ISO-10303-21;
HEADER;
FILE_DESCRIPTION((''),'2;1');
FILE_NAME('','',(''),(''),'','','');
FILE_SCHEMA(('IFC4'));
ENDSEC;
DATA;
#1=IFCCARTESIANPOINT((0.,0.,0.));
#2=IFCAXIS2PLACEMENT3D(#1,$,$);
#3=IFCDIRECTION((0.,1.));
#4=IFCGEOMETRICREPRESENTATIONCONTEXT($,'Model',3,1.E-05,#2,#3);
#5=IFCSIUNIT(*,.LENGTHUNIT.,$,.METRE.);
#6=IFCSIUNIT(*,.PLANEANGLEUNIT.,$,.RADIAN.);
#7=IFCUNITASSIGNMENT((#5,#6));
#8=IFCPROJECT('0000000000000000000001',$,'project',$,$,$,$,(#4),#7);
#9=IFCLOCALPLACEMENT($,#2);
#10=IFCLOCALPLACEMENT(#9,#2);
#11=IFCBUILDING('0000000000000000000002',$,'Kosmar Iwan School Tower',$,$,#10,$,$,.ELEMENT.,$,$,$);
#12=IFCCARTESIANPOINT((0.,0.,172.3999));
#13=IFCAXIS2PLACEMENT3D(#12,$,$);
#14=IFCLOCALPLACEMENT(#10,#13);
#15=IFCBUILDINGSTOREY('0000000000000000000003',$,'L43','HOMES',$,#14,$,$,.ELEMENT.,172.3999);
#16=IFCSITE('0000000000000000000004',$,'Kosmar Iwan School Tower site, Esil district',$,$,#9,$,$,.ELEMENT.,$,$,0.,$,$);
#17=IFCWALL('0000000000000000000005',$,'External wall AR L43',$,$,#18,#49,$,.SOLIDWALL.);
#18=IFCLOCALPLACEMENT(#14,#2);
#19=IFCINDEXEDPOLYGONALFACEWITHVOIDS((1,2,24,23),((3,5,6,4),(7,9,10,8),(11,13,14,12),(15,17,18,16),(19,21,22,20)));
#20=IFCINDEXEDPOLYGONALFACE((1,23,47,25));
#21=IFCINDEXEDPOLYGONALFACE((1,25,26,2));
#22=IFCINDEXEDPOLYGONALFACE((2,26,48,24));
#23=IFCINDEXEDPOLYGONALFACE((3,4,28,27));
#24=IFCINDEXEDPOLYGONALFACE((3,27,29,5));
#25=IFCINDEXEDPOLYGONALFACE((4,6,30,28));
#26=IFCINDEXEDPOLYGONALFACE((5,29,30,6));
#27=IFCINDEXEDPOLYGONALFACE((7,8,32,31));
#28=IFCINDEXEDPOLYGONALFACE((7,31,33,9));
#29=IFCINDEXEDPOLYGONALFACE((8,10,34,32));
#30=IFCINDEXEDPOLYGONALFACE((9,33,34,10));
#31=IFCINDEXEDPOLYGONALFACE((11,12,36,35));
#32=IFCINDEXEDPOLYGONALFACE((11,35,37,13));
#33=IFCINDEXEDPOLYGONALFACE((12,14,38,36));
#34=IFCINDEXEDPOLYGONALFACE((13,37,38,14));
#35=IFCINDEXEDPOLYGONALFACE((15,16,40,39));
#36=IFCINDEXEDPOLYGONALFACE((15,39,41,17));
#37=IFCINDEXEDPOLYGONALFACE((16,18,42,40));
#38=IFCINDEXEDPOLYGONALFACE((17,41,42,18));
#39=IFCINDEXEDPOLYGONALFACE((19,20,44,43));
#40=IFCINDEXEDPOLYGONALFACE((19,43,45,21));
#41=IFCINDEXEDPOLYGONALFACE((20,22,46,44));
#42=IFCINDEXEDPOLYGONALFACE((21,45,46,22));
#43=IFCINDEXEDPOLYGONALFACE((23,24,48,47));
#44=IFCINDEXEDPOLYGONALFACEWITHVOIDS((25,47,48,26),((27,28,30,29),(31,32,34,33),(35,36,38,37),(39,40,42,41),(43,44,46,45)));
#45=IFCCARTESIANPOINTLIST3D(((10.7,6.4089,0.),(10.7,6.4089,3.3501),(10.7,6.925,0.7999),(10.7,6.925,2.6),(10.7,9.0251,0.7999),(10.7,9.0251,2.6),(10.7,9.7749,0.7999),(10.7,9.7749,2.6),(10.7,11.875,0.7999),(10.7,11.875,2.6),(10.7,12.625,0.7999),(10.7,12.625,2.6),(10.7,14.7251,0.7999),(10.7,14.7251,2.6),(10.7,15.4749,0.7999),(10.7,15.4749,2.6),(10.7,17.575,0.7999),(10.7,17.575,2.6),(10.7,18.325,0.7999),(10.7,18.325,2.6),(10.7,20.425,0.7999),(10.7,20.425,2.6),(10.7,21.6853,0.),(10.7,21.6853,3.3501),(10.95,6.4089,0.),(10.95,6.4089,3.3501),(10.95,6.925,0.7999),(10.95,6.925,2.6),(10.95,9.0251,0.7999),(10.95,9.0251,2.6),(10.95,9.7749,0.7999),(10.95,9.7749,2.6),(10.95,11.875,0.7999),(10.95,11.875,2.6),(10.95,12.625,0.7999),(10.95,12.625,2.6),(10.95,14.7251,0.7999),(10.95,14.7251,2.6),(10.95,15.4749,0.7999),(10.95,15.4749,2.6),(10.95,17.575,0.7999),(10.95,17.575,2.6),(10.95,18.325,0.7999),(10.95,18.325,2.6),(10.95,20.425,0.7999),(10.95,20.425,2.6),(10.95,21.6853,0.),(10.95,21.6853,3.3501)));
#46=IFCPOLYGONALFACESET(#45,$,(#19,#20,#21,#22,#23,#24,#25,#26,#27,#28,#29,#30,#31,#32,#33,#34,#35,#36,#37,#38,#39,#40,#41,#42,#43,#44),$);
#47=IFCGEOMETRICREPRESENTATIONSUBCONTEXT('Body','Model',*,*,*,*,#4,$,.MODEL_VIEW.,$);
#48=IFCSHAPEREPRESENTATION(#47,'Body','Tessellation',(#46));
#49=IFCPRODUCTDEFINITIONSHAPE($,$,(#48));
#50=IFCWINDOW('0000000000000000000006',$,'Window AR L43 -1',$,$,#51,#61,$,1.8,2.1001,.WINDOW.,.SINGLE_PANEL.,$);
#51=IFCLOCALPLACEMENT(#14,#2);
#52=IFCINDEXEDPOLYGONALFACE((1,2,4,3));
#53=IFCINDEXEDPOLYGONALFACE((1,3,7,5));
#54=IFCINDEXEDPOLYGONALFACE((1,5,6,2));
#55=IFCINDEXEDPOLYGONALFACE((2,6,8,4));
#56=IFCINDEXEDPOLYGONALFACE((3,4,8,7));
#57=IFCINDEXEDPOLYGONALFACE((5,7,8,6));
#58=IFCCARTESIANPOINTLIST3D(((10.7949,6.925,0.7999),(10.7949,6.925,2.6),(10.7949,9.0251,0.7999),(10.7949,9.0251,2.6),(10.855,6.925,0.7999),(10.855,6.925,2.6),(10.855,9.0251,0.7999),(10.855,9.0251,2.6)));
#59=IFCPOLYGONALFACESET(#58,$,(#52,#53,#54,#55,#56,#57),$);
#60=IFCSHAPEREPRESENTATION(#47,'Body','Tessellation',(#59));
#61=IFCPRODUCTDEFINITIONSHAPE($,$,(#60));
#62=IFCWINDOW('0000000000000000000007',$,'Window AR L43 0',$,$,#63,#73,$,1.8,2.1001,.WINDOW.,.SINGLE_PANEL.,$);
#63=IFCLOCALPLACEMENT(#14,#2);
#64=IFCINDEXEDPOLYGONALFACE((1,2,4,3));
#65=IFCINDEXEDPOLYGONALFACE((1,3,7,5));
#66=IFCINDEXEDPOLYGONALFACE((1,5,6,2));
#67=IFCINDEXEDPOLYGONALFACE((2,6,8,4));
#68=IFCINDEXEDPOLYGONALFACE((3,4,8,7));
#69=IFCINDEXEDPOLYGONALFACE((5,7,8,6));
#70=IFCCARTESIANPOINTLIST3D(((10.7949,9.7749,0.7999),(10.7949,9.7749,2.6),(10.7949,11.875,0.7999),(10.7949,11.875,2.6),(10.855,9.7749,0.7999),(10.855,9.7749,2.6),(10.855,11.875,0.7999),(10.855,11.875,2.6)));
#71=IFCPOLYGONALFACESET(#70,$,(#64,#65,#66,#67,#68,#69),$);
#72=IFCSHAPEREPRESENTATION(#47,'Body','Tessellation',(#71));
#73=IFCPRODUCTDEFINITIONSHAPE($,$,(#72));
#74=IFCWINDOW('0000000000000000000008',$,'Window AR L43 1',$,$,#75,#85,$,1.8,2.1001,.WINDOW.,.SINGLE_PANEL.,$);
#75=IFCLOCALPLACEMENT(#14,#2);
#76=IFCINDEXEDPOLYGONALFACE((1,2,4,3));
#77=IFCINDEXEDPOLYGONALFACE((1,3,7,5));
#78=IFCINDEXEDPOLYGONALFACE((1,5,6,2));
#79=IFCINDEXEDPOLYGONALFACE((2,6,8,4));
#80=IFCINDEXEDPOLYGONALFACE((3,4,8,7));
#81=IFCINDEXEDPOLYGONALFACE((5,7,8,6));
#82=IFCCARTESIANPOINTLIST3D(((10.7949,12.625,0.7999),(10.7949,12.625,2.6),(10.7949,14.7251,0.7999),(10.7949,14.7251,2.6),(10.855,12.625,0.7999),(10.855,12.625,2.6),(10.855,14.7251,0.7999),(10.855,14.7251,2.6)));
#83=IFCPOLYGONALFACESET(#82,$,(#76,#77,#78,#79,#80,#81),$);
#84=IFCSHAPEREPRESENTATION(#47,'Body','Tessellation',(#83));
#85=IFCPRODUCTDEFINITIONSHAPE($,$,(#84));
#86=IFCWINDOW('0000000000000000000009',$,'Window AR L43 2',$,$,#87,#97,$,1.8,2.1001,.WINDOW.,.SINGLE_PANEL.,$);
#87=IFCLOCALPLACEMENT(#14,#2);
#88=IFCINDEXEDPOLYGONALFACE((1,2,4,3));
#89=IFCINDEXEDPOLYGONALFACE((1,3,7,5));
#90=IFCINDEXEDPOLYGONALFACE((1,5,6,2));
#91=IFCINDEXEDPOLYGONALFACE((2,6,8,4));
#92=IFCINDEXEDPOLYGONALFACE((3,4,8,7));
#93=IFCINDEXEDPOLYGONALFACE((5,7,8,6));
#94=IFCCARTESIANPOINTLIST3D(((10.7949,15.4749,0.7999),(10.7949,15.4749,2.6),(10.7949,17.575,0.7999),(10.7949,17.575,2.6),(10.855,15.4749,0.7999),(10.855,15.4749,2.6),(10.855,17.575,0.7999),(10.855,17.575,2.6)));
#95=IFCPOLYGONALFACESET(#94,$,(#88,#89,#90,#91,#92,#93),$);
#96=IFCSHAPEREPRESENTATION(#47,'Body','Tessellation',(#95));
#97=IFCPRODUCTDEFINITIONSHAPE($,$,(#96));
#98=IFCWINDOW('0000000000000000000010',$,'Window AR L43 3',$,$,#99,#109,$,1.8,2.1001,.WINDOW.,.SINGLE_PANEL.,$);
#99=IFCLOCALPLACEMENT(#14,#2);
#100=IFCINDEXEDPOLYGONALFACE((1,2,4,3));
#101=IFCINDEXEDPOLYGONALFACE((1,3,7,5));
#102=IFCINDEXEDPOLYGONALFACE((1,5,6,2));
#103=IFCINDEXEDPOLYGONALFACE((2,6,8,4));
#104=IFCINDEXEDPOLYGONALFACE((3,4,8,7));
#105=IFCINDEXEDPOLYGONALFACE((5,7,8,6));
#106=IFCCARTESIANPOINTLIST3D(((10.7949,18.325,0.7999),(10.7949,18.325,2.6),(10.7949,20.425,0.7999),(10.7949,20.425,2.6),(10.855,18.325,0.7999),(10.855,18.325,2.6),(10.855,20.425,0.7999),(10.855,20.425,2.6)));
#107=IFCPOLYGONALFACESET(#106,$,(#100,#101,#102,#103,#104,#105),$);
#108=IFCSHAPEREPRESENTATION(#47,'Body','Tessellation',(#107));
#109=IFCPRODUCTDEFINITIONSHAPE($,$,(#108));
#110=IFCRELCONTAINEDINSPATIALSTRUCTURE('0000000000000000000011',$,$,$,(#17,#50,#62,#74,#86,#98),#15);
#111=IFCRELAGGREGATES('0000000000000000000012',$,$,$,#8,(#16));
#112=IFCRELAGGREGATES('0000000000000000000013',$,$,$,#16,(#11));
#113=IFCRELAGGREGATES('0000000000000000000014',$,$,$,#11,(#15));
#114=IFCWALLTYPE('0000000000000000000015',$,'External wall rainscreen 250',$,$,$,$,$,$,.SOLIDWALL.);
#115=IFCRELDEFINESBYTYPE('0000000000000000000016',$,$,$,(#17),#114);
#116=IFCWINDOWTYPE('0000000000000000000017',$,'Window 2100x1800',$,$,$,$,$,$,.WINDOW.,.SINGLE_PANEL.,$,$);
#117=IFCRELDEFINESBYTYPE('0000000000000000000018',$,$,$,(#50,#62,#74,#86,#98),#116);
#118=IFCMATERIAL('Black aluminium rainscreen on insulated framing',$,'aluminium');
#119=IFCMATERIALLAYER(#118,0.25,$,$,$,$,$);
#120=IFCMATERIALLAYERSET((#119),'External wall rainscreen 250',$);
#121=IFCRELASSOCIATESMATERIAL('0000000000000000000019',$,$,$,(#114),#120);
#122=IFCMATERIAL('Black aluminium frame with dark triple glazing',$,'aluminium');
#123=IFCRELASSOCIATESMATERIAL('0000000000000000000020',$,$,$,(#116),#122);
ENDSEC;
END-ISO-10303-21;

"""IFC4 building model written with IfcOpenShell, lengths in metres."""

from ifc_helpers import new_model, si_unit, direction, frame, frame_2d, origin, place, context, subcontext, project, spatial, rectangle, extrude, material, layer, layer_set, type_object, element, fill, save


model = new_model("IFC4")

# Units and contexts
model_context = context("Model", 3, precision=1e-05, world=origin(), true_north=direction((0.0, 1.0)))
body_context = subcontext(model_context, "Body", "Model", "MODEL_VIEW")
ifc_project = project(units=[si_unit("LENGTHUNIT", "METRE"), si_unit("PLANEANGLEUNIT", "RADIAN")], contexts=[model_context])

# Site, building, storey
site_placement = place(None, origin())
site = spatial("IfcSite", under=ifc_project, at=site_placement, Name="Kosmar Iwan School Tower site, Esil district", CompositionType="ELEMENT", RefElevation=0.0)
building_placement = place(site_placement, origin())
building = spatial("IfcBuilding", under=site, at=building_placement, Name="Kosmar Iwan School Tower", CompositionType="ELEMENT")
storey_placement = place(building_placement, frame((0.0, 0.0, 172.3999)))
storey = spatial("IfcBuildingStorey", under=building, at=storey_placement, Name="L43", Description="HOMES", CompositionType="ELEMENT", Elevation=172.3999)

# Wall, openings, windows
ifc_material_1 = material(Name="Black aluminium rainscreen on insulated framing", Category="aluminium")
ifc_layer = layer(ifc_material_1, 0.25)
ifc_layer_set = layer_set([ifc_layer], Name="External wall rainscreen 250")
wall_type = type_object("IfcWallType", Name="External wall rainscreen 250", PredefinedType="SOLIDWALL", material=ifc_layer_set)
ifc_material_2 = material(Name="Black aluminium frame with dark triple glazing", Category="aluminium")
window_type = type_object("IfcWindowType", Name="Window 2100x1800", PartitioningType="SINGLE_PANEL", PredefinedType="WINDOW", material=ifc_material_2)
wall_1_placement = place(storey_placement, frame((10.825, 6.4089, 0.0), z_axis=(0.0, 0.0, 1.0), x_axis=(0.0, 1.0, 0.0)))
wall_1 = element("IfcWall", 1, at=wall_1_placement, inside=storey, type_object=wall_type, Name="External wall AR L43", PredefinedType="SOLIDWALL", context=body_context, shape_type="SweptSolid", body=[
    extrude(rectangle(XDim=15.2764, YDim=0.25, at=frame_2d((7.6382, 0.0))), origin(), (0.0, 0.0, 1.0), 3.3501),
])
opening_1_placement = place(wall_1_placement, frame((0.5161, 0.0, 0.8)))
opening_1 = element("IfcOpeningElement", 2, at=opening_1_placement, cuts=wall_1, PredefinedType="OPENING", context=body_context, shape_type="SweptSolid", body=[
    extrude(rectangle(XDim=2.1001, YDim=1.8, at=frame_2d((1.05, 0.8999))), frame((0.0, 0.137, 0.0), z_axis=(0.0, -1.0, 0.0), x_axis=(1.0, 0.0, 0.0)), (0.0, 0.0, 1.0), 0.2739),
])
opening_2_placement = place(wall_1_placement, frame((3.366, 0.0, 0.8)))
opening_2 = element("IfcOpeningElement", 3, at=opening_2_placement, cuts=wall_1, PredefinedType="OPENING", context=body_context, shape_type="SweptSolid", body=[
    extrude(rectangle(XDim=2.1001, YDim=1.8, at=frame_2d((1.05, 0.8999))), frame((0.0, 0.137, 0.0), z_axis=(0.0, -1.0, 0.0), x_axis=(1.0, 0.0, 0.0)), (0.0, 0.0, 1.0), 0.2739),
])
opening_3_placement = place(wall_1_placement, frame((6.2161, 0.0, 0.8)))
opening_3 = element("IfcOpeningElement", 4, at=opening_3_placement, cuts=wall_1, PredefinedType="OPENING", context=body_context, shape_type="SweptSolid", body=[
    extrude(rectangle(XDim=2.1001, YDim=1.8, at=frame_2d((1.05, 0.8999))), frame((0.0, 0.137, 0.0), z_axis=(0.0, -1.0, 0.0), x_axis=(1.0, 0.0, 0.0)), (0.0, 0.0, 1.0), 0.2739),
])
opening_4_placement = place(wall_1_placement, frame((9.0659, 0.0, 0.8)))
opening_4 = element("IfcOpeningElement", 5, at=opening_4_placement, cuts=wall_1, PredefinedType="OPENING", context=body_context, shape_type="SweptSolid", body=[
    extrude(rectangle(XDim=2.1001, YDim=1.8, at=frame_2d((1.05, 0.8999))), frame((0.0, 0.137, 0.0), z_axis=(0.0, -1.0, 0.0), x_axis=(1.0, 0.0, 0.0)), (0.0, 0.0, 1.0), 0.2739),
])
opening_5_placement = place(wall_1_placement, frame((11.916, 0.0, 0.8)))
opening_5 = element("IfcOpeningElement", 6, at=opening_5_placement, cuts=wall_1, PredefinedType="OPENING", context=body_context, shape_type="SweptSolid", body=[
    extrude(rectangle(XDim=2.1001, YDim=1.8, at=frame_2d((1.05, 0.8999))), frame((0.0, 0.137, 0.0), z_axis=(0.0, -1.0, 0.0), x_axis=(1.0, 0.0, 0.0)), (0.0, 0.0, 1.0), 0.2739),
])
window_1_placement = place(opening_1_placement, origin())
window_1 = element("IfcWindow", 7, at=window_1_placement, inside=storey, type_object=window_type, Name="Window AR L43 -1", OverallHeight=1.8, OverallWidth=2.1001, PartitioningType="SINGLE_PANEL", PredefinedType="WINDOW", context=body_context, shape_type="SweptSolid", body=[
    extrude(rectangle(XDim=2.1001, YDim=1.8, at=frame_2d((1.05, 0.8999))), frame((0.0, 0.03, 0.0), z_axis=(0.0, -1.0, 0.0), x_axis=(1.0, 0.0, 0.0)), (0.0, 0.0, 1.0), 0.0601),
])
fill(opening_1, window_1)
window_2_placement = place(opening_2_placement, origin())
window_2 = element("IfcWindow", 8, at=window_2_placement, inside=storey, type_object=window_type, Name="Window AR L43 0", OverallHeight=1.8, OverallWidth=2.1001, PartitioningType="SINGLE_PANEL", PredefinedType="WINDOW", context=body_context, shape_type="SweptSolid", body=[
    extrude(rectangle(XDim=2.1001, YDim=1.8, at=frame_2d((1.05, 0.8999))), frame((0.0, 0.03, 0.0), z_axis=(0.0, -1.0, 0.0), x_axis=(1.0, 0.0, 0.0)), (0.0, 0.0, 1.0), 0.0601),
])
fill(opening_2, window_2)
window_3_placement = place(opening_3_placement, origin())
window_3 = element("IfcWindow", 9, at=window_3_placement, inside=storey, type_object=window_type, Name="Window AR L43 1", OverallHeight=1.8, OverallWidth=2.1001, PartitioningType="SINGLE_PANEL", PredefinedType="WINDOW", context=body_context, shape_type="SweptSolid", body=[
    extrude(rectangle(XDim=2.1001, YDim=1.8, at=frame_2d((1.05, 0.8999))), frame((0.0, 0.03, 0.0), z_axis=(0.0, -1.0, 0.0), x_axis=(1.0, 0.0, 0.0)), (0.0, 0.0, 1.0), 0.0601),
])
fill(opening_3, window_3)
window_4_placement = place(opening_4_placement, origin())
window_4 = element("IfcWindow", 10, at=window_4_placement, inside=storey, type_object=window_type, Name="Window AR L43 2", OverallHeight=1.8, OverallWidth=2.1001, PartitioningType="SINGLE_PANEL", PredefinedType="WINDOW", context=body_context, shape_type="SweptSolid", body=[
    extrude(rectangle(XDim=2.1001, YDim=1.8, at=frame_2d((1.05, 0.8999))), frame((0.0, 0.03, 0.0), z_axis=(0.0, -1.0, 0.0), x_axis=(1.0, 0.0, 0.0)), (0.0, 0.0, 1.0), 0.0601),
])
fill(opening_4, window_4)
window_5_placement = place(opening_5_placement, origin())
window_5 = element("IfcWindow", 11, at=window_5_placement, inside=storey, type_object=window_type, Name="Window AR L43 3", OverallHeight=1.8, OverallWidth=2.1001, PartitioningType="SINGLE_PANEL", PredefinedType="WINDOW", context=body_context, shape_type="SweptSolid", body=[
    extrude(rectangle(XDim=2.1001, YDim=1.8, at=frame_2d((1.05, 0.8999))), frame((0.0, 0.03, 0.0), z_axis=(0.0, -1.0, 0.0), x_axis=(1.0, 0.0, 0.0)), (0.0, 0.0, 1.0), 0.0601),
])
fill(opening_5, window_5)

save(model, "model.ifc")
